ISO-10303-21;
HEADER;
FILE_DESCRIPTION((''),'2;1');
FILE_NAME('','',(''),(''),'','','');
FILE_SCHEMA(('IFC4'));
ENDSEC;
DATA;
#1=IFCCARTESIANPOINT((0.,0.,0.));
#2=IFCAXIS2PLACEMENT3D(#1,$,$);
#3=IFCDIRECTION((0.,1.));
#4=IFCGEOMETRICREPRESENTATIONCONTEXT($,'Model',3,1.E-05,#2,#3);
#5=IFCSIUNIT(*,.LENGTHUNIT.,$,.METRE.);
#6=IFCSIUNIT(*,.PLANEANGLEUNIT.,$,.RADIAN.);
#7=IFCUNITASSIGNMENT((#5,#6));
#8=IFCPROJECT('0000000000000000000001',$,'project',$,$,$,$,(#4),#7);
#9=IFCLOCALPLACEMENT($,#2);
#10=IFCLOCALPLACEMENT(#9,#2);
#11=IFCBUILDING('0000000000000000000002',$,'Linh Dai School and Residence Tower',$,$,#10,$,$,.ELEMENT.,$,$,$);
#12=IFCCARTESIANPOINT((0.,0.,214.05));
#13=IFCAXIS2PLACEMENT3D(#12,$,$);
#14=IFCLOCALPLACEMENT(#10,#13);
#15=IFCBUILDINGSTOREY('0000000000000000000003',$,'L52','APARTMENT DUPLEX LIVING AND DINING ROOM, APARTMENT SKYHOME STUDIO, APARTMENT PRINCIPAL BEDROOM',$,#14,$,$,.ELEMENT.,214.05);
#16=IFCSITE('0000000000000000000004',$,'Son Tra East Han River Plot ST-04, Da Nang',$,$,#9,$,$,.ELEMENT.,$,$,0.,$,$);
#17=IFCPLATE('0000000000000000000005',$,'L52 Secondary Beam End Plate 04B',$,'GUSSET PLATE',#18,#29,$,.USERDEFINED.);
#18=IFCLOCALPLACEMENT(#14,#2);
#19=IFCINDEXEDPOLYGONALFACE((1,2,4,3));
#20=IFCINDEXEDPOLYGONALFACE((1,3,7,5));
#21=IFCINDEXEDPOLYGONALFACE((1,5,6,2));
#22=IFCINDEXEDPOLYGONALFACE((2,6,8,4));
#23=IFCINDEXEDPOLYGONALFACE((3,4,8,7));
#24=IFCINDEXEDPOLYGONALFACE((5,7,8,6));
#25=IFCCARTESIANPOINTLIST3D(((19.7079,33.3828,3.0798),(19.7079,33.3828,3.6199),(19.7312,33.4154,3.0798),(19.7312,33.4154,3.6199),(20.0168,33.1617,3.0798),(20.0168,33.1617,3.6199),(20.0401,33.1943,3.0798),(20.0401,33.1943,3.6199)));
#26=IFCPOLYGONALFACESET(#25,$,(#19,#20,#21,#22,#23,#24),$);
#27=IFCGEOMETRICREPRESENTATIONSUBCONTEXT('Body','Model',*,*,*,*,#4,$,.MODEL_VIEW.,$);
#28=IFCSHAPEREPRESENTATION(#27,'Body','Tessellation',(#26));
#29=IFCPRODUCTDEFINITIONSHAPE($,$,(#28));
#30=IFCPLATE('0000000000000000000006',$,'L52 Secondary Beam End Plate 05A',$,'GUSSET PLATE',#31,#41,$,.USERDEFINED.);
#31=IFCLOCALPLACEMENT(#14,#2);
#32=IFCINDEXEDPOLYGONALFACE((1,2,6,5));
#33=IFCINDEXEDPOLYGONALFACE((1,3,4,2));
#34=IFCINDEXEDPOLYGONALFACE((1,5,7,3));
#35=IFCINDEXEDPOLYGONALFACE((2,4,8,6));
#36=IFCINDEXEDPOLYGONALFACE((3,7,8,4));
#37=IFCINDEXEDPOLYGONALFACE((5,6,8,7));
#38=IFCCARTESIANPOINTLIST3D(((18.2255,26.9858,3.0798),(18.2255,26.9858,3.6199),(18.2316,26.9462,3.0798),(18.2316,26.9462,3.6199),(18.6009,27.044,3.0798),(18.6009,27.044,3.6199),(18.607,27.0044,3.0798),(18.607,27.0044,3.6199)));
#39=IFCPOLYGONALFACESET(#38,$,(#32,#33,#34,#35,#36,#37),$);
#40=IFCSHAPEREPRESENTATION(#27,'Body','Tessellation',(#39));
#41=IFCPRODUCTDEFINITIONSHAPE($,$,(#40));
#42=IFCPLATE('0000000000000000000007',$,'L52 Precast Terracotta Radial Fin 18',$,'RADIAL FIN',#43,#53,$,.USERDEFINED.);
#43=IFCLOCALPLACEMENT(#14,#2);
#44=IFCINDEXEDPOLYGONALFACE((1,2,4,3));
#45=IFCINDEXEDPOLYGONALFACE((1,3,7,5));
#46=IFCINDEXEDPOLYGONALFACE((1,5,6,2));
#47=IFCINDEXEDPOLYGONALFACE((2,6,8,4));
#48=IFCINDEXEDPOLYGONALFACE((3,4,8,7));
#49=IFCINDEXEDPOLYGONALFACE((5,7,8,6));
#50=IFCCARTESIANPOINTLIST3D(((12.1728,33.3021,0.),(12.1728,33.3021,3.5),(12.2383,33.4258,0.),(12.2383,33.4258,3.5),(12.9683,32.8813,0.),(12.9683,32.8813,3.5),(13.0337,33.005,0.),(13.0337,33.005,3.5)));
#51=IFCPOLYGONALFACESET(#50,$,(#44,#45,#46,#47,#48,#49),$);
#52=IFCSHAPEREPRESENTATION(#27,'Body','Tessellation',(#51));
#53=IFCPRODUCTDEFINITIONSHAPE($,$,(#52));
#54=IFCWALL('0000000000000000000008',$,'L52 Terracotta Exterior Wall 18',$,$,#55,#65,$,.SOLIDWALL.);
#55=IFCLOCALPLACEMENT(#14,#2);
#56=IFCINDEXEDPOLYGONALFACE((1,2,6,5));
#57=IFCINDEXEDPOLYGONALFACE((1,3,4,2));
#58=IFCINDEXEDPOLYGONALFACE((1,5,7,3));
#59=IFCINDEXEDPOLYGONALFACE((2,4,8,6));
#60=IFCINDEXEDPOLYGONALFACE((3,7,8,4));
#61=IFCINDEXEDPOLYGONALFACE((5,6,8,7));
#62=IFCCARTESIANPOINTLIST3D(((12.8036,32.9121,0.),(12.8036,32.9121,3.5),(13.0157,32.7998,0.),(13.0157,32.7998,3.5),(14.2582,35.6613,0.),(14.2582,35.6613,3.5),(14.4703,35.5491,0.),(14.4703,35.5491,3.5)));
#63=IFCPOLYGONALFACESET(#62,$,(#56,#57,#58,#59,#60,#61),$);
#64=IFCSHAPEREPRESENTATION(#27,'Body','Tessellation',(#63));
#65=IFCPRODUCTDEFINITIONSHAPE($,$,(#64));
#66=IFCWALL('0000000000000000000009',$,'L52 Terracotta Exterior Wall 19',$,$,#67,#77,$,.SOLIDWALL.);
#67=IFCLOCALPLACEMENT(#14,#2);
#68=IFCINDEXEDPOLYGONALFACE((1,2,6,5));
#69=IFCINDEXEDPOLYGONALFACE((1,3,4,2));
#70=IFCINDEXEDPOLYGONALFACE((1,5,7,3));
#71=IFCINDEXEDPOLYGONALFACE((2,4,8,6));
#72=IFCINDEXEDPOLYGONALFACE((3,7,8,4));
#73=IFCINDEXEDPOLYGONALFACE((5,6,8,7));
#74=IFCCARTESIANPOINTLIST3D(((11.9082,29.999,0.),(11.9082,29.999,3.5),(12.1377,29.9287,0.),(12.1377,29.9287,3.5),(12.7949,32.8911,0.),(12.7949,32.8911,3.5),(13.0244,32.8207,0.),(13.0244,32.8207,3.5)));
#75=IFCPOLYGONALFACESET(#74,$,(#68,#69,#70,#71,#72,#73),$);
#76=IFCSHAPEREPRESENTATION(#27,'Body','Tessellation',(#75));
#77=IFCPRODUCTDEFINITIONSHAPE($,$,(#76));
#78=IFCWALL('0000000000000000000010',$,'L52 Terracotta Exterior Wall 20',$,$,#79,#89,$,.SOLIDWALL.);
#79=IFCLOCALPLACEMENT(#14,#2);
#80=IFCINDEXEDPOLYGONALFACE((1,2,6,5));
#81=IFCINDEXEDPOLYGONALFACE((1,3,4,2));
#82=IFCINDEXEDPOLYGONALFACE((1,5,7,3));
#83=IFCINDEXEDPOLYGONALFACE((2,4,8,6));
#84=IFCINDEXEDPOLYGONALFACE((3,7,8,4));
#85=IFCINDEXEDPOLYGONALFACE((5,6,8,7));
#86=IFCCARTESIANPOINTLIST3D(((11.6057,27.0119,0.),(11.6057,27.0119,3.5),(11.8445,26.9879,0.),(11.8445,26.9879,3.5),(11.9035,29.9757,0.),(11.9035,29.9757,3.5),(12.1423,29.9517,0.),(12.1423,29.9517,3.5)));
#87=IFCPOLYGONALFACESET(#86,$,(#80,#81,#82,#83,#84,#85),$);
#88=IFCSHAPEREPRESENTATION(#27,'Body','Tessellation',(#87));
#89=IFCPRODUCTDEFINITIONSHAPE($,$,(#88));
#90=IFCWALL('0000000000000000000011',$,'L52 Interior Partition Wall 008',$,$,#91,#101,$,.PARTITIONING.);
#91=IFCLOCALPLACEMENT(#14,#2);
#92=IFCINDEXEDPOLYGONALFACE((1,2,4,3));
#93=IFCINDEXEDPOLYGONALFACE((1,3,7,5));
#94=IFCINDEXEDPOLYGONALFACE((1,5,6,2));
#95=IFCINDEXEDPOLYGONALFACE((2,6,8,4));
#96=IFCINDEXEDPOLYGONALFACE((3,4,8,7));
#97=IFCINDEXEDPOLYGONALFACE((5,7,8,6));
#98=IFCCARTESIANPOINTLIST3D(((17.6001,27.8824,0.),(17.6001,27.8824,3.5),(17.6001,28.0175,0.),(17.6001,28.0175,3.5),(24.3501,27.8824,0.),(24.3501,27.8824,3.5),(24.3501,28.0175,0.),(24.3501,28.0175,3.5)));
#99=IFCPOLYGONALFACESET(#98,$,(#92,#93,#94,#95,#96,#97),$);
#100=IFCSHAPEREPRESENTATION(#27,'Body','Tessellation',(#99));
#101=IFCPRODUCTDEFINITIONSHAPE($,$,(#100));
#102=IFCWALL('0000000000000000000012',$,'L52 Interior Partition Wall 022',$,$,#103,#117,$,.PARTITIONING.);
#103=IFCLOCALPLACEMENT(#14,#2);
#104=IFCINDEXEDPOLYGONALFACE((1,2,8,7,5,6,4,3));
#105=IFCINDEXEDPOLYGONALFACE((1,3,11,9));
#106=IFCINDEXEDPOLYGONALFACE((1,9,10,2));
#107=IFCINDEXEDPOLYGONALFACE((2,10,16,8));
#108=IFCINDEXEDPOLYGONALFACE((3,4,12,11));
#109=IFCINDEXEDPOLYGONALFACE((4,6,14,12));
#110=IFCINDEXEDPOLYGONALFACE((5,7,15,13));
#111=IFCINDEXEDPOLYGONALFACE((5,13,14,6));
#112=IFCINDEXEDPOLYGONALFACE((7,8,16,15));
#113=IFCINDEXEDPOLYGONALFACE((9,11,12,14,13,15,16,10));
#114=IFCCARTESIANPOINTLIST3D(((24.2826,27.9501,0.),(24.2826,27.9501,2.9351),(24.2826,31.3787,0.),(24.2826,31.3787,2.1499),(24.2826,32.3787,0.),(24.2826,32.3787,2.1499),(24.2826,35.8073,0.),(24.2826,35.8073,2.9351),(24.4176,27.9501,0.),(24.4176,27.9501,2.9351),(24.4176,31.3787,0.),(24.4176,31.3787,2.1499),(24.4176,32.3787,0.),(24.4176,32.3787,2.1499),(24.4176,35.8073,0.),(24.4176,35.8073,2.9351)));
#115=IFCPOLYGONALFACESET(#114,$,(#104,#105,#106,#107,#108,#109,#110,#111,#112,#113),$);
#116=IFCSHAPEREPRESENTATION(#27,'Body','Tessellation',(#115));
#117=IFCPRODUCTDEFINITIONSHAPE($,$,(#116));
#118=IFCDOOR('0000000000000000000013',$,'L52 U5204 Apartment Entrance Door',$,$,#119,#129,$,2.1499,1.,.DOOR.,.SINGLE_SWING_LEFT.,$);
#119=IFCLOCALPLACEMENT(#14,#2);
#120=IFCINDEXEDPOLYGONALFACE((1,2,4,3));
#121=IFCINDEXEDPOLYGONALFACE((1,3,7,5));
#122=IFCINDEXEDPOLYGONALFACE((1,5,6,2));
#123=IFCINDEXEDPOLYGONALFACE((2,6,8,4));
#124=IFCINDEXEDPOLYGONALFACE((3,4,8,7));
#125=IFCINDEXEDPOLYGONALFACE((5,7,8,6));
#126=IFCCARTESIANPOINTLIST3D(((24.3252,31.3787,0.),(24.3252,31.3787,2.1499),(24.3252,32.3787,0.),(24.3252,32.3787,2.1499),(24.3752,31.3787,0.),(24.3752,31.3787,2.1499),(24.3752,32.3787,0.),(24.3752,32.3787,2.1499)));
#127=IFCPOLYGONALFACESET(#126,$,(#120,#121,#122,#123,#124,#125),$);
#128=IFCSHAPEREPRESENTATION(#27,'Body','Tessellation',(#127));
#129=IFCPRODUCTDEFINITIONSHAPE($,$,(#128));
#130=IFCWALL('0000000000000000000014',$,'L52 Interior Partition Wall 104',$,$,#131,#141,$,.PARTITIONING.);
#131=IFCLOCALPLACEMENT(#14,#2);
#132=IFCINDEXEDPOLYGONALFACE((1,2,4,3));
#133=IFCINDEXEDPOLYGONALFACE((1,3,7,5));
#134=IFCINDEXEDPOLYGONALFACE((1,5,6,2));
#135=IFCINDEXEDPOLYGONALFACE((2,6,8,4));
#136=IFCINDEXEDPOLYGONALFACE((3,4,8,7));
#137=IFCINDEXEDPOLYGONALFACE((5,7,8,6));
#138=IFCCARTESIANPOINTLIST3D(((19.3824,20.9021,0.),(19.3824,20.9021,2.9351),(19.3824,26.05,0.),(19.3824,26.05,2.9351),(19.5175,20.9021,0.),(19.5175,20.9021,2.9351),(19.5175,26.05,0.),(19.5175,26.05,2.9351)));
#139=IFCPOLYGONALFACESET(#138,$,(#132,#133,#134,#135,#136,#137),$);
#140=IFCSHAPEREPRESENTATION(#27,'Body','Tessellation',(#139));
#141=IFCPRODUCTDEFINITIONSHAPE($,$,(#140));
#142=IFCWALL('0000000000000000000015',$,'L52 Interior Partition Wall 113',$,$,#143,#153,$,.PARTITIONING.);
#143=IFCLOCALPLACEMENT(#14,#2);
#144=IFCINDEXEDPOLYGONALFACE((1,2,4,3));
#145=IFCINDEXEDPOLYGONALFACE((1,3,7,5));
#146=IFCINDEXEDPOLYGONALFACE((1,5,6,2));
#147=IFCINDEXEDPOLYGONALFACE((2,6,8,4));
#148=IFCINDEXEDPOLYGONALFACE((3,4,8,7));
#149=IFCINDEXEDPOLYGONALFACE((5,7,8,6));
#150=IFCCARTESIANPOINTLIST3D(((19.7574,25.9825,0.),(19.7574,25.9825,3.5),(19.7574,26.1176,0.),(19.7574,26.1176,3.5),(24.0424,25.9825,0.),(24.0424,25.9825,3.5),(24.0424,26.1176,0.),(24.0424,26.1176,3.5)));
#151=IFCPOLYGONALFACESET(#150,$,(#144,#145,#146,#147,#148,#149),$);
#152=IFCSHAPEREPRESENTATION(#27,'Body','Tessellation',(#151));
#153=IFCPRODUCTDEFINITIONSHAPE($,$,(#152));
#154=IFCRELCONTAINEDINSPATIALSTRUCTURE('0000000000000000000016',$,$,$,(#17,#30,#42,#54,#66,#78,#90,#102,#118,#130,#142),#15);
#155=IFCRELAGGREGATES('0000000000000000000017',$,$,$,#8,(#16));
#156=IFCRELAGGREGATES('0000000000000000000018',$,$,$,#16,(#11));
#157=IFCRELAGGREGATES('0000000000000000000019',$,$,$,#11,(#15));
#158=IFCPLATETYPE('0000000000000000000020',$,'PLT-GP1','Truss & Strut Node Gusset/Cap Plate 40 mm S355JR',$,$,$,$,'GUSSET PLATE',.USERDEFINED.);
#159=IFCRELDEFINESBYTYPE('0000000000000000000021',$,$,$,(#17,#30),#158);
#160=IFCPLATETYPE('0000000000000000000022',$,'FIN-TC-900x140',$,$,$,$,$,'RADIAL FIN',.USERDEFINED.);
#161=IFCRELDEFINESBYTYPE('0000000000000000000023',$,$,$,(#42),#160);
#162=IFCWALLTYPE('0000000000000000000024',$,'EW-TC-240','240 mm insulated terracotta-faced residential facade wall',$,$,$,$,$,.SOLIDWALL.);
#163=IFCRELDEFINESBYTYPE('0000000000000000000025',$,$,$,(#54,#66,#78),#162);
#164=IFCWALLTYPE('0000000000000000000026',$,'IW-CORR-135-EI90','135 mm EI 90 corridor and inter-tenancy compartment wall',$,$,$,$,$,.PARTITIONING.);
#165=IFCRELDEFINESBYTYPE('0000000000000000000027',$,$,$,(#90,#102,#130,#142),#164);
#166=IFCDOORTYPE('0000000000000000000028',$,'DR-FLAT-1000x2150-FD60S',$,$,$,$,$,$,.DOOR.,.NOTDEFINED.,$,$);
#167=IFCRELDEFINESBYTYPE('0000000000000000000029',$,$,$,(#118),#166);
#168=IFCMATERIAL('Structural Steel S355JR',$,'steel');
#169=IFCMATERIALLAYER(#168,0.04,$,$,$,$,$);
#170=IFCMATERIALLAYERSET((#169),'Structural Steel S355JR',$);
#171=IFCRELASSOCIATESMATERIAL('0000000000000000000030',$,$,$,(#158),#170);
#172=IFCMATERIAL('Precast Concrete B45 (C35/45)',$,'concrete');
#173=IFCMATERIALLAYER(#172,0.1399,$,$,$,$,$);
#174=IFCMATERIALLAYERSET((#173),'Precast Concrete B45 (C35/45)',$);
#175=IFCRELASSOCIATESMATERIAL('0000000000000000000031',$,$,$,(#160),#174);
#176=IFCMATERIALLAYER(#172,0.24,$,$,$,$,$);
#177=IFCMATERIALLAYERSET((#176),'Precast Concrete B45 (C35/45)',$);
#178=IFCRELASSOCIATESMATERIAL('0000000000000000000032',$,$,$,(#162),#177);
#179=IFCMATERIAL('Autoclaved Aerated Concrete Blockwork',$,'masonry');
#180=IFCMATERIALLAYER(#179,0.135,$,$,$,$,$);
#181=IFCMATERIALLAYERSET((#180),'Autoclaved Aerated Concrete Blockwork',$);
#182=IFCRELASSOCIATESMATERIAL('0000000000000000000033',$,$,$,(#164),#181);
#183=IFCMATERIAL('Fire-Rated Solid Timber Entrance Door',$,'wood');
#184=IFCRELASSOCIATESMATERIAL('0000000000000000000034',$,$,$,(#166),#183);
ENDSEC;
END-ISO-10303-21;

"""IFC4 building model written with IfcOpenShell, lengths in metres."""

from ifc_helpers import new_model, si_unit, direction, frame, frame_2d, origin, origin_2d, place, context, subcontext, project, spatial, rectangle, extrude, source, transform, mapped, material, layer, layer_set, type_object, element, fill, save


model = new_model("IFC4")

# Units and contexts
model_context = context("Model", 3, precision=1e-05, world=origin(), true_north=direction((0.0, 1.0)))
body_context = subcontext(model_context, "Body", "Model", "MODEL_VIEW")
ifc_project = project(units=[si_unit("LENGTHUNIT", "METRE"), si_unit("PLANEANGLEUNIT", "RADIAN")], contexts=[model_context])

# Site, building, storey
site_placement = place(None, origin())
site = spatial("IfcSite", under=ifc_project, at=site_placement, Name="Son Tra East Han River Plot ST-04, Da Nang", CompositionType="ELEMENT", RefElevation=0.0)
building_placement = place(site_placement, origin())
building = spatial("IfcBuilding", under=site, at=building_placement, Name="Linh Dai School and Residence Tower", CompositionType="ELEMENT")
storey_placement = place(building_placement, frame((0.0, 0.0, 214.05)))
storey = spatial("IfcBuildingStorey", under=building, at=storey_placement, Name="L52", Description="APARTMENT DUPLEX LIVING AND DINING ROOM, APARTMENT SKYHOME STUDIO, APARTMENT PRINCIPAL BEDROOM", CompositionType="ELEMENT", Elevation=214.05)

# Shared definitions
ifc_material_1 = material(Name="Structural Steel S355JR", Category="steel")

# Plates
ifc_layer_1 = layer(ifc_material_1, 0.04)
ifc_layer_set_1 = layer_set([ifc_layer_1], Name="Structural Steel S355JR")
plate_type_1 = type_object("IfcPlateType", Name="PLT-GP1", Description="Truss & Strut Node Gusset/Cap Plate 40 mm S355JR", ElementType="GUSSET PLATE", PredefinedType="USERDEFINED", material=ifc_layer_set_1)
shared_shape_1 = source(origin(), body_context, "Body", "SweptSolid", [
    extrude(rectangle(XDim=0.04, YDim=0.3799, at=origin_2d()), origin(), (0.0, 0.0, 1.0), 0.54),
])
for number, where, z_axis, x_axis, name in (
    (1, (19.874, 33.2886, 3.0798), (0.0, 0.0, 1.0), (-0.58204, -0.81316, 0.0), "L52 Secondary Beam End Plate 04B"),
    (2, (18.4163, 26.9951, 3.0798), (0.0, 0.0, 1.0), (0.153186, -0.988197, 0.0), "L52 Secondary Beam End Plate 05A"),
):
    element("IfcPlate", number, at=place(storey_placement, frame(where, z_axis=z_axis, x_axis=x_axis)), inside=storey, type_object=plate_type_1, Name=name, ObjectType="GUSSET PLATE", PredefinedType="USERDEFINED", context=body_context, shape_type="MappedRepresentation", body=[
        mapped(shared_shape_1, transform((0.0, 0.0, 0.0), x_axis=(1.0, 0.0, 0.0), y_axis=(0.0, 1.0, 0.0), z_axis=(0.0, 0.0, 1.0), scale=1.0)),
    ])
ifc_material_2 = material(Name="Precast Concrete B45 (C35/45)", Category="concrete")
ifc_layer_2 = layer(ifc_material_2, 0.1399)
ifc_layer_set_2 = layer_set([ifc_layer_2], Name="Precast Concrete B45 (C35/45)")
plate_type_2 = type_object("IfcPlateType", Name="FIN-TC-900x140", ElementType="RADIAL FIN", PredefinedType="USERDEFINED", material=ifc_layer_set_2)
shared_shape_2 = source(origin(), body_context, "Body", "SweptSolid", [
    extrude(rectangle(XDim=0.8999, YDim=0.1399, at=origin_2d()), origin(), (0.0, 0.0, 1.0), 3.5),
])
plate_placement = place(storey_placement, frame((12.6033, 33.1536, 0.0), z_axis=(0.0, 0.0, 1.0), x_axis=(-0.883929, 0.467621, 0.0)))
element("IfcPlate", 3, at=plate_placement, inside=storey, type_object=plate_type_2, Name="L52 Precast Terracotta Radial Fin 18", ObjectType="RADIAL FIN", PredefinedType="USERDEFINED", context=body_context, shape_type="MappedRepresentation", body=[
    mapped(shared_shape_2, transform((0.0, 0.0, 0.0), x_axis=(1.0, 0.0, 0.0), y_axis=(0.0, 1.0, 0.0), z_axis=(0.0, 0.0, 1.0), scale=1.0)),
])

# Walls
ifc_layer_3 = layer(ifc_material_2, 0.24)
ifc_layer_set_3 = layer_set([ifc_layer_3], Name="Precast Concrete B45 (C35/45)")
wall_type_1 = type_object("IfcWallType", Name="EW-TC-240", Description="240 mm insulated terracotta-faced residential facade wall", PredefinedType="SOLIDWALL", material=ifc_layer_set_3)
wall_1_placement = place(storey_placement, frame((12.9097, 32.856, 0.0), z_axis=(0.0, 0.0, 1.0), x_axis=(0.46766, 0.883908, 0.0)))
element("IfcWall", 4, at=wall_1_placement, inside=storey, type_object=wall_type_1, Name="L52 Terracotta Exterior Wall 18", PredefinedType="SOLIDWALL", context=body_context, shape_type="SweptSolid", body=[
    extrude(rectangle(XDim=3.1104, YDim=0.24, at=frame_2d((1.5552, 0.0))), origin(), (0.0, 0.0, 1.0), 3.5),
])
wall_2_placement = place(storey_placement, frame((12.0229, 29.9639, 0.0), z_axis=(0.0, 0.0, 1.0), x_axis=(0.293133, 0.956072, 0.0)))
element("IfcWall", 5, at=wall_2_placement, inside=storey, type_object=wall_type_1, Name="L52 Terracotta Exterior Wall 19", PredefinedType="SOLIDWALL", context=body_context, shape_type="SweptSolid", body=[
    extrude(rectangle(XDim=3.0249, YDim=0.24, at=frame_2d((1.5125, 0.0))), origin(), (0.0, 0.0, 1.0), 3.5),
])
wall_3_placement = place(storey_placement, frame((11.7251, 27.0, 0.0), z_axis=(0.0, 0.0, 1.0), x_axis=(0.099991, 0.994988, 0.0)))
element("IfcWall", 6, at=wall_3_placement, inside=storey, type_object=wall_type_1, Name="L52 Terracotta Exterior Wall 20", PredefinedType="SOLIDWALL", context=body_context, shape_type="SweptSolid", body=[
    extrude(rectangle(XDim=2.9788, YDim=0.24, at=frame_2d((1.4893, 0.0))), origin(), (0.0, 0.0, 1.0), 3.5),
])
ifc_material_3 = material(Name="Autoclaved Aerated Concrete Blockwork", Category="masonry")
ifc_layer_4 = layer(ifc_material_3, 0.135)
ifc_layer_set_4 = layer_set([ifc_layer_4], Name="Autoclaved Aerated Concrete Blockwork")
wall_type_2 = type_object("IfcWallType", Name="IW-CORR-135-EI90", Description="135 mm EI 90 corridor and inter-tenancy compartment wall", PredefinedType="PARTITIONING", material=ifc_layer_set_4)
wall_4_placement = place(storey_placement, frame((17.6001, 27.95, 0.0), z_axis=(0.0, 0.0, 1.0), x_axis=(1.0, 0.0, 0.0)))
element("IfcWall", 7, at=wall_4_placement, inside=storey, type_object=wall_type_2, Name="L52 Interior Partition Wall 008", PredefinedType="PARTITIONING", context=body_context, shape_type="SweptSolid", body=[
    extrude(rectangle(XDim=6.75, YDim=0.135, at=frame_2d((3.375, 0.0))), origin(), (0.0, 0.0, 1.0), 3.5),
])

# Wall, opening, door
wall_5_placement = place(storey_placement, frame((24.3501, 27.95, 0.0), z_axis=(0.0, 0.0, 1.0), x_axis=(0.0, 1.0, 0.0)))
wall_5 = element("IfcWall", 8, at=wall_5_placement, inside=storey, type_object=wall_type_2, Name="L52 Interior Partition Wall 022", PredefinedType="PARTITIONING", context=body_context, shape_type="SweptSolid", body=[
    extrude(rectangle(XDim=7.8572, YDim=0.135, at=frame_2d((3.9287, 0.0))), origin(), (0.0, 0.0, 1.0), 2.9351),
])
opening_1_placement = place(wall_5_placement, frame((3.4287, 0.0, 0.0)))
opening_1 = element("IfcOpeningElement", 9, at=opening_1_placement, cuts=wall_5, PredefinedType="OPENING", context=body_context, shape_type="SweptSolid", body=[
    extrude(rectangle(XDim=1.0, YDim=2.1499, at=origin_2d()), frame((0.5, 0.0776, 1.075), z_axis=(0.0, -1.0, 0.0), x_axis=(1.0, 0.0, 0.0)), (0.0, 0.0, 1.0), 0.155),
])
ifc_material_4 = material(Name="Fire-Rated Solid Timber Entrance Door", Category="wood")
door_type_1 = type_object("IfcDoorType", Name="DR-FLAT-1000x2150-FD60S", OperationType="NOTDEFINED", PredefinedType="DOOR", material=ifc_material_4)
shared_shape_3 = source(origin(), body_context, "Body", "SweptSolid", [
    extrude(rectangle(XDim=1.0, YDim=2.1499, at=origin_2d()), frame((0.5, 0.0249, 1.075), z_axis=(0.0, -1.0, 0.0), x_axis=(1.0, 0.0, 0.0)), (0.0, 0.0, 1.0), 0.05),
])
door_1_placement = place(opening_1_placement, origin())
door_1 = element("IfcDoor", 10, at=door_1_placement, inside=storey, type_object=door_type_1, Name="L52 U5204 Apartment Entrance Door", OperationType="SINGLE_SWING_LEFT", OverallHeight=2.1499, OverallWidth=1.0, PredefinedType="DOOR", context=body_context, shape_type="MappedRepresentation", body=[
    mapped(shared_shape_3, transform((0.0, 0.0, 0.0), x_axis=(1.0, 0.0, 0.0), y_axis=(0.0, 1.0, 0.0), z_axis=(0.0, 0.0, 1.0), scale=1.0)),
])
fill(opening_1, door_1)

# Walls
wall_6_placement = place(storey_placement, frame((19.45, 26.05, 0.0), z_axis=(0.0, 0.0, 1.0), x_axis=(0.0, -1.0, 0.0)))
element("IfcWall", 11, at=wall_6_placement, inside=storey, type_object=wall_type_2, Name="L52 Interior Partition Wall 104", PredefinedType="PARTITIONING", context=body_context, shape_type="SweptSolid", body=[
    extrude(rectangle(XDim=5.1479, YDim=0.135, at=frame_2d((2.574, 0.0))), origin(), (0.0, 0.0, 1.0), 2.9351),
])
wall_7_placement = place(storey_placement, frame((24.0425, 26.05, 0.0), z_axis=(0.0, 0.0, 1.0), x_axis=(-1.0, 0.0, 0.0)))
element("IfcWall", 12, at=wall_7_placement, inside=storey, type_object=wall_type_2, Name="L52 Interior Partition Wall 113", PredefinedType="PARTITIONING", context=body_context, shape_type="SweptSolid", body=[
    extrude(rectangle(XDim=4.2849, YDim=0.135, at=frame_2d((2.1426, 0.0))), origin(), (0.0, 0.0, 1.0), 3.5),
])

save(model, "model.ifc")
